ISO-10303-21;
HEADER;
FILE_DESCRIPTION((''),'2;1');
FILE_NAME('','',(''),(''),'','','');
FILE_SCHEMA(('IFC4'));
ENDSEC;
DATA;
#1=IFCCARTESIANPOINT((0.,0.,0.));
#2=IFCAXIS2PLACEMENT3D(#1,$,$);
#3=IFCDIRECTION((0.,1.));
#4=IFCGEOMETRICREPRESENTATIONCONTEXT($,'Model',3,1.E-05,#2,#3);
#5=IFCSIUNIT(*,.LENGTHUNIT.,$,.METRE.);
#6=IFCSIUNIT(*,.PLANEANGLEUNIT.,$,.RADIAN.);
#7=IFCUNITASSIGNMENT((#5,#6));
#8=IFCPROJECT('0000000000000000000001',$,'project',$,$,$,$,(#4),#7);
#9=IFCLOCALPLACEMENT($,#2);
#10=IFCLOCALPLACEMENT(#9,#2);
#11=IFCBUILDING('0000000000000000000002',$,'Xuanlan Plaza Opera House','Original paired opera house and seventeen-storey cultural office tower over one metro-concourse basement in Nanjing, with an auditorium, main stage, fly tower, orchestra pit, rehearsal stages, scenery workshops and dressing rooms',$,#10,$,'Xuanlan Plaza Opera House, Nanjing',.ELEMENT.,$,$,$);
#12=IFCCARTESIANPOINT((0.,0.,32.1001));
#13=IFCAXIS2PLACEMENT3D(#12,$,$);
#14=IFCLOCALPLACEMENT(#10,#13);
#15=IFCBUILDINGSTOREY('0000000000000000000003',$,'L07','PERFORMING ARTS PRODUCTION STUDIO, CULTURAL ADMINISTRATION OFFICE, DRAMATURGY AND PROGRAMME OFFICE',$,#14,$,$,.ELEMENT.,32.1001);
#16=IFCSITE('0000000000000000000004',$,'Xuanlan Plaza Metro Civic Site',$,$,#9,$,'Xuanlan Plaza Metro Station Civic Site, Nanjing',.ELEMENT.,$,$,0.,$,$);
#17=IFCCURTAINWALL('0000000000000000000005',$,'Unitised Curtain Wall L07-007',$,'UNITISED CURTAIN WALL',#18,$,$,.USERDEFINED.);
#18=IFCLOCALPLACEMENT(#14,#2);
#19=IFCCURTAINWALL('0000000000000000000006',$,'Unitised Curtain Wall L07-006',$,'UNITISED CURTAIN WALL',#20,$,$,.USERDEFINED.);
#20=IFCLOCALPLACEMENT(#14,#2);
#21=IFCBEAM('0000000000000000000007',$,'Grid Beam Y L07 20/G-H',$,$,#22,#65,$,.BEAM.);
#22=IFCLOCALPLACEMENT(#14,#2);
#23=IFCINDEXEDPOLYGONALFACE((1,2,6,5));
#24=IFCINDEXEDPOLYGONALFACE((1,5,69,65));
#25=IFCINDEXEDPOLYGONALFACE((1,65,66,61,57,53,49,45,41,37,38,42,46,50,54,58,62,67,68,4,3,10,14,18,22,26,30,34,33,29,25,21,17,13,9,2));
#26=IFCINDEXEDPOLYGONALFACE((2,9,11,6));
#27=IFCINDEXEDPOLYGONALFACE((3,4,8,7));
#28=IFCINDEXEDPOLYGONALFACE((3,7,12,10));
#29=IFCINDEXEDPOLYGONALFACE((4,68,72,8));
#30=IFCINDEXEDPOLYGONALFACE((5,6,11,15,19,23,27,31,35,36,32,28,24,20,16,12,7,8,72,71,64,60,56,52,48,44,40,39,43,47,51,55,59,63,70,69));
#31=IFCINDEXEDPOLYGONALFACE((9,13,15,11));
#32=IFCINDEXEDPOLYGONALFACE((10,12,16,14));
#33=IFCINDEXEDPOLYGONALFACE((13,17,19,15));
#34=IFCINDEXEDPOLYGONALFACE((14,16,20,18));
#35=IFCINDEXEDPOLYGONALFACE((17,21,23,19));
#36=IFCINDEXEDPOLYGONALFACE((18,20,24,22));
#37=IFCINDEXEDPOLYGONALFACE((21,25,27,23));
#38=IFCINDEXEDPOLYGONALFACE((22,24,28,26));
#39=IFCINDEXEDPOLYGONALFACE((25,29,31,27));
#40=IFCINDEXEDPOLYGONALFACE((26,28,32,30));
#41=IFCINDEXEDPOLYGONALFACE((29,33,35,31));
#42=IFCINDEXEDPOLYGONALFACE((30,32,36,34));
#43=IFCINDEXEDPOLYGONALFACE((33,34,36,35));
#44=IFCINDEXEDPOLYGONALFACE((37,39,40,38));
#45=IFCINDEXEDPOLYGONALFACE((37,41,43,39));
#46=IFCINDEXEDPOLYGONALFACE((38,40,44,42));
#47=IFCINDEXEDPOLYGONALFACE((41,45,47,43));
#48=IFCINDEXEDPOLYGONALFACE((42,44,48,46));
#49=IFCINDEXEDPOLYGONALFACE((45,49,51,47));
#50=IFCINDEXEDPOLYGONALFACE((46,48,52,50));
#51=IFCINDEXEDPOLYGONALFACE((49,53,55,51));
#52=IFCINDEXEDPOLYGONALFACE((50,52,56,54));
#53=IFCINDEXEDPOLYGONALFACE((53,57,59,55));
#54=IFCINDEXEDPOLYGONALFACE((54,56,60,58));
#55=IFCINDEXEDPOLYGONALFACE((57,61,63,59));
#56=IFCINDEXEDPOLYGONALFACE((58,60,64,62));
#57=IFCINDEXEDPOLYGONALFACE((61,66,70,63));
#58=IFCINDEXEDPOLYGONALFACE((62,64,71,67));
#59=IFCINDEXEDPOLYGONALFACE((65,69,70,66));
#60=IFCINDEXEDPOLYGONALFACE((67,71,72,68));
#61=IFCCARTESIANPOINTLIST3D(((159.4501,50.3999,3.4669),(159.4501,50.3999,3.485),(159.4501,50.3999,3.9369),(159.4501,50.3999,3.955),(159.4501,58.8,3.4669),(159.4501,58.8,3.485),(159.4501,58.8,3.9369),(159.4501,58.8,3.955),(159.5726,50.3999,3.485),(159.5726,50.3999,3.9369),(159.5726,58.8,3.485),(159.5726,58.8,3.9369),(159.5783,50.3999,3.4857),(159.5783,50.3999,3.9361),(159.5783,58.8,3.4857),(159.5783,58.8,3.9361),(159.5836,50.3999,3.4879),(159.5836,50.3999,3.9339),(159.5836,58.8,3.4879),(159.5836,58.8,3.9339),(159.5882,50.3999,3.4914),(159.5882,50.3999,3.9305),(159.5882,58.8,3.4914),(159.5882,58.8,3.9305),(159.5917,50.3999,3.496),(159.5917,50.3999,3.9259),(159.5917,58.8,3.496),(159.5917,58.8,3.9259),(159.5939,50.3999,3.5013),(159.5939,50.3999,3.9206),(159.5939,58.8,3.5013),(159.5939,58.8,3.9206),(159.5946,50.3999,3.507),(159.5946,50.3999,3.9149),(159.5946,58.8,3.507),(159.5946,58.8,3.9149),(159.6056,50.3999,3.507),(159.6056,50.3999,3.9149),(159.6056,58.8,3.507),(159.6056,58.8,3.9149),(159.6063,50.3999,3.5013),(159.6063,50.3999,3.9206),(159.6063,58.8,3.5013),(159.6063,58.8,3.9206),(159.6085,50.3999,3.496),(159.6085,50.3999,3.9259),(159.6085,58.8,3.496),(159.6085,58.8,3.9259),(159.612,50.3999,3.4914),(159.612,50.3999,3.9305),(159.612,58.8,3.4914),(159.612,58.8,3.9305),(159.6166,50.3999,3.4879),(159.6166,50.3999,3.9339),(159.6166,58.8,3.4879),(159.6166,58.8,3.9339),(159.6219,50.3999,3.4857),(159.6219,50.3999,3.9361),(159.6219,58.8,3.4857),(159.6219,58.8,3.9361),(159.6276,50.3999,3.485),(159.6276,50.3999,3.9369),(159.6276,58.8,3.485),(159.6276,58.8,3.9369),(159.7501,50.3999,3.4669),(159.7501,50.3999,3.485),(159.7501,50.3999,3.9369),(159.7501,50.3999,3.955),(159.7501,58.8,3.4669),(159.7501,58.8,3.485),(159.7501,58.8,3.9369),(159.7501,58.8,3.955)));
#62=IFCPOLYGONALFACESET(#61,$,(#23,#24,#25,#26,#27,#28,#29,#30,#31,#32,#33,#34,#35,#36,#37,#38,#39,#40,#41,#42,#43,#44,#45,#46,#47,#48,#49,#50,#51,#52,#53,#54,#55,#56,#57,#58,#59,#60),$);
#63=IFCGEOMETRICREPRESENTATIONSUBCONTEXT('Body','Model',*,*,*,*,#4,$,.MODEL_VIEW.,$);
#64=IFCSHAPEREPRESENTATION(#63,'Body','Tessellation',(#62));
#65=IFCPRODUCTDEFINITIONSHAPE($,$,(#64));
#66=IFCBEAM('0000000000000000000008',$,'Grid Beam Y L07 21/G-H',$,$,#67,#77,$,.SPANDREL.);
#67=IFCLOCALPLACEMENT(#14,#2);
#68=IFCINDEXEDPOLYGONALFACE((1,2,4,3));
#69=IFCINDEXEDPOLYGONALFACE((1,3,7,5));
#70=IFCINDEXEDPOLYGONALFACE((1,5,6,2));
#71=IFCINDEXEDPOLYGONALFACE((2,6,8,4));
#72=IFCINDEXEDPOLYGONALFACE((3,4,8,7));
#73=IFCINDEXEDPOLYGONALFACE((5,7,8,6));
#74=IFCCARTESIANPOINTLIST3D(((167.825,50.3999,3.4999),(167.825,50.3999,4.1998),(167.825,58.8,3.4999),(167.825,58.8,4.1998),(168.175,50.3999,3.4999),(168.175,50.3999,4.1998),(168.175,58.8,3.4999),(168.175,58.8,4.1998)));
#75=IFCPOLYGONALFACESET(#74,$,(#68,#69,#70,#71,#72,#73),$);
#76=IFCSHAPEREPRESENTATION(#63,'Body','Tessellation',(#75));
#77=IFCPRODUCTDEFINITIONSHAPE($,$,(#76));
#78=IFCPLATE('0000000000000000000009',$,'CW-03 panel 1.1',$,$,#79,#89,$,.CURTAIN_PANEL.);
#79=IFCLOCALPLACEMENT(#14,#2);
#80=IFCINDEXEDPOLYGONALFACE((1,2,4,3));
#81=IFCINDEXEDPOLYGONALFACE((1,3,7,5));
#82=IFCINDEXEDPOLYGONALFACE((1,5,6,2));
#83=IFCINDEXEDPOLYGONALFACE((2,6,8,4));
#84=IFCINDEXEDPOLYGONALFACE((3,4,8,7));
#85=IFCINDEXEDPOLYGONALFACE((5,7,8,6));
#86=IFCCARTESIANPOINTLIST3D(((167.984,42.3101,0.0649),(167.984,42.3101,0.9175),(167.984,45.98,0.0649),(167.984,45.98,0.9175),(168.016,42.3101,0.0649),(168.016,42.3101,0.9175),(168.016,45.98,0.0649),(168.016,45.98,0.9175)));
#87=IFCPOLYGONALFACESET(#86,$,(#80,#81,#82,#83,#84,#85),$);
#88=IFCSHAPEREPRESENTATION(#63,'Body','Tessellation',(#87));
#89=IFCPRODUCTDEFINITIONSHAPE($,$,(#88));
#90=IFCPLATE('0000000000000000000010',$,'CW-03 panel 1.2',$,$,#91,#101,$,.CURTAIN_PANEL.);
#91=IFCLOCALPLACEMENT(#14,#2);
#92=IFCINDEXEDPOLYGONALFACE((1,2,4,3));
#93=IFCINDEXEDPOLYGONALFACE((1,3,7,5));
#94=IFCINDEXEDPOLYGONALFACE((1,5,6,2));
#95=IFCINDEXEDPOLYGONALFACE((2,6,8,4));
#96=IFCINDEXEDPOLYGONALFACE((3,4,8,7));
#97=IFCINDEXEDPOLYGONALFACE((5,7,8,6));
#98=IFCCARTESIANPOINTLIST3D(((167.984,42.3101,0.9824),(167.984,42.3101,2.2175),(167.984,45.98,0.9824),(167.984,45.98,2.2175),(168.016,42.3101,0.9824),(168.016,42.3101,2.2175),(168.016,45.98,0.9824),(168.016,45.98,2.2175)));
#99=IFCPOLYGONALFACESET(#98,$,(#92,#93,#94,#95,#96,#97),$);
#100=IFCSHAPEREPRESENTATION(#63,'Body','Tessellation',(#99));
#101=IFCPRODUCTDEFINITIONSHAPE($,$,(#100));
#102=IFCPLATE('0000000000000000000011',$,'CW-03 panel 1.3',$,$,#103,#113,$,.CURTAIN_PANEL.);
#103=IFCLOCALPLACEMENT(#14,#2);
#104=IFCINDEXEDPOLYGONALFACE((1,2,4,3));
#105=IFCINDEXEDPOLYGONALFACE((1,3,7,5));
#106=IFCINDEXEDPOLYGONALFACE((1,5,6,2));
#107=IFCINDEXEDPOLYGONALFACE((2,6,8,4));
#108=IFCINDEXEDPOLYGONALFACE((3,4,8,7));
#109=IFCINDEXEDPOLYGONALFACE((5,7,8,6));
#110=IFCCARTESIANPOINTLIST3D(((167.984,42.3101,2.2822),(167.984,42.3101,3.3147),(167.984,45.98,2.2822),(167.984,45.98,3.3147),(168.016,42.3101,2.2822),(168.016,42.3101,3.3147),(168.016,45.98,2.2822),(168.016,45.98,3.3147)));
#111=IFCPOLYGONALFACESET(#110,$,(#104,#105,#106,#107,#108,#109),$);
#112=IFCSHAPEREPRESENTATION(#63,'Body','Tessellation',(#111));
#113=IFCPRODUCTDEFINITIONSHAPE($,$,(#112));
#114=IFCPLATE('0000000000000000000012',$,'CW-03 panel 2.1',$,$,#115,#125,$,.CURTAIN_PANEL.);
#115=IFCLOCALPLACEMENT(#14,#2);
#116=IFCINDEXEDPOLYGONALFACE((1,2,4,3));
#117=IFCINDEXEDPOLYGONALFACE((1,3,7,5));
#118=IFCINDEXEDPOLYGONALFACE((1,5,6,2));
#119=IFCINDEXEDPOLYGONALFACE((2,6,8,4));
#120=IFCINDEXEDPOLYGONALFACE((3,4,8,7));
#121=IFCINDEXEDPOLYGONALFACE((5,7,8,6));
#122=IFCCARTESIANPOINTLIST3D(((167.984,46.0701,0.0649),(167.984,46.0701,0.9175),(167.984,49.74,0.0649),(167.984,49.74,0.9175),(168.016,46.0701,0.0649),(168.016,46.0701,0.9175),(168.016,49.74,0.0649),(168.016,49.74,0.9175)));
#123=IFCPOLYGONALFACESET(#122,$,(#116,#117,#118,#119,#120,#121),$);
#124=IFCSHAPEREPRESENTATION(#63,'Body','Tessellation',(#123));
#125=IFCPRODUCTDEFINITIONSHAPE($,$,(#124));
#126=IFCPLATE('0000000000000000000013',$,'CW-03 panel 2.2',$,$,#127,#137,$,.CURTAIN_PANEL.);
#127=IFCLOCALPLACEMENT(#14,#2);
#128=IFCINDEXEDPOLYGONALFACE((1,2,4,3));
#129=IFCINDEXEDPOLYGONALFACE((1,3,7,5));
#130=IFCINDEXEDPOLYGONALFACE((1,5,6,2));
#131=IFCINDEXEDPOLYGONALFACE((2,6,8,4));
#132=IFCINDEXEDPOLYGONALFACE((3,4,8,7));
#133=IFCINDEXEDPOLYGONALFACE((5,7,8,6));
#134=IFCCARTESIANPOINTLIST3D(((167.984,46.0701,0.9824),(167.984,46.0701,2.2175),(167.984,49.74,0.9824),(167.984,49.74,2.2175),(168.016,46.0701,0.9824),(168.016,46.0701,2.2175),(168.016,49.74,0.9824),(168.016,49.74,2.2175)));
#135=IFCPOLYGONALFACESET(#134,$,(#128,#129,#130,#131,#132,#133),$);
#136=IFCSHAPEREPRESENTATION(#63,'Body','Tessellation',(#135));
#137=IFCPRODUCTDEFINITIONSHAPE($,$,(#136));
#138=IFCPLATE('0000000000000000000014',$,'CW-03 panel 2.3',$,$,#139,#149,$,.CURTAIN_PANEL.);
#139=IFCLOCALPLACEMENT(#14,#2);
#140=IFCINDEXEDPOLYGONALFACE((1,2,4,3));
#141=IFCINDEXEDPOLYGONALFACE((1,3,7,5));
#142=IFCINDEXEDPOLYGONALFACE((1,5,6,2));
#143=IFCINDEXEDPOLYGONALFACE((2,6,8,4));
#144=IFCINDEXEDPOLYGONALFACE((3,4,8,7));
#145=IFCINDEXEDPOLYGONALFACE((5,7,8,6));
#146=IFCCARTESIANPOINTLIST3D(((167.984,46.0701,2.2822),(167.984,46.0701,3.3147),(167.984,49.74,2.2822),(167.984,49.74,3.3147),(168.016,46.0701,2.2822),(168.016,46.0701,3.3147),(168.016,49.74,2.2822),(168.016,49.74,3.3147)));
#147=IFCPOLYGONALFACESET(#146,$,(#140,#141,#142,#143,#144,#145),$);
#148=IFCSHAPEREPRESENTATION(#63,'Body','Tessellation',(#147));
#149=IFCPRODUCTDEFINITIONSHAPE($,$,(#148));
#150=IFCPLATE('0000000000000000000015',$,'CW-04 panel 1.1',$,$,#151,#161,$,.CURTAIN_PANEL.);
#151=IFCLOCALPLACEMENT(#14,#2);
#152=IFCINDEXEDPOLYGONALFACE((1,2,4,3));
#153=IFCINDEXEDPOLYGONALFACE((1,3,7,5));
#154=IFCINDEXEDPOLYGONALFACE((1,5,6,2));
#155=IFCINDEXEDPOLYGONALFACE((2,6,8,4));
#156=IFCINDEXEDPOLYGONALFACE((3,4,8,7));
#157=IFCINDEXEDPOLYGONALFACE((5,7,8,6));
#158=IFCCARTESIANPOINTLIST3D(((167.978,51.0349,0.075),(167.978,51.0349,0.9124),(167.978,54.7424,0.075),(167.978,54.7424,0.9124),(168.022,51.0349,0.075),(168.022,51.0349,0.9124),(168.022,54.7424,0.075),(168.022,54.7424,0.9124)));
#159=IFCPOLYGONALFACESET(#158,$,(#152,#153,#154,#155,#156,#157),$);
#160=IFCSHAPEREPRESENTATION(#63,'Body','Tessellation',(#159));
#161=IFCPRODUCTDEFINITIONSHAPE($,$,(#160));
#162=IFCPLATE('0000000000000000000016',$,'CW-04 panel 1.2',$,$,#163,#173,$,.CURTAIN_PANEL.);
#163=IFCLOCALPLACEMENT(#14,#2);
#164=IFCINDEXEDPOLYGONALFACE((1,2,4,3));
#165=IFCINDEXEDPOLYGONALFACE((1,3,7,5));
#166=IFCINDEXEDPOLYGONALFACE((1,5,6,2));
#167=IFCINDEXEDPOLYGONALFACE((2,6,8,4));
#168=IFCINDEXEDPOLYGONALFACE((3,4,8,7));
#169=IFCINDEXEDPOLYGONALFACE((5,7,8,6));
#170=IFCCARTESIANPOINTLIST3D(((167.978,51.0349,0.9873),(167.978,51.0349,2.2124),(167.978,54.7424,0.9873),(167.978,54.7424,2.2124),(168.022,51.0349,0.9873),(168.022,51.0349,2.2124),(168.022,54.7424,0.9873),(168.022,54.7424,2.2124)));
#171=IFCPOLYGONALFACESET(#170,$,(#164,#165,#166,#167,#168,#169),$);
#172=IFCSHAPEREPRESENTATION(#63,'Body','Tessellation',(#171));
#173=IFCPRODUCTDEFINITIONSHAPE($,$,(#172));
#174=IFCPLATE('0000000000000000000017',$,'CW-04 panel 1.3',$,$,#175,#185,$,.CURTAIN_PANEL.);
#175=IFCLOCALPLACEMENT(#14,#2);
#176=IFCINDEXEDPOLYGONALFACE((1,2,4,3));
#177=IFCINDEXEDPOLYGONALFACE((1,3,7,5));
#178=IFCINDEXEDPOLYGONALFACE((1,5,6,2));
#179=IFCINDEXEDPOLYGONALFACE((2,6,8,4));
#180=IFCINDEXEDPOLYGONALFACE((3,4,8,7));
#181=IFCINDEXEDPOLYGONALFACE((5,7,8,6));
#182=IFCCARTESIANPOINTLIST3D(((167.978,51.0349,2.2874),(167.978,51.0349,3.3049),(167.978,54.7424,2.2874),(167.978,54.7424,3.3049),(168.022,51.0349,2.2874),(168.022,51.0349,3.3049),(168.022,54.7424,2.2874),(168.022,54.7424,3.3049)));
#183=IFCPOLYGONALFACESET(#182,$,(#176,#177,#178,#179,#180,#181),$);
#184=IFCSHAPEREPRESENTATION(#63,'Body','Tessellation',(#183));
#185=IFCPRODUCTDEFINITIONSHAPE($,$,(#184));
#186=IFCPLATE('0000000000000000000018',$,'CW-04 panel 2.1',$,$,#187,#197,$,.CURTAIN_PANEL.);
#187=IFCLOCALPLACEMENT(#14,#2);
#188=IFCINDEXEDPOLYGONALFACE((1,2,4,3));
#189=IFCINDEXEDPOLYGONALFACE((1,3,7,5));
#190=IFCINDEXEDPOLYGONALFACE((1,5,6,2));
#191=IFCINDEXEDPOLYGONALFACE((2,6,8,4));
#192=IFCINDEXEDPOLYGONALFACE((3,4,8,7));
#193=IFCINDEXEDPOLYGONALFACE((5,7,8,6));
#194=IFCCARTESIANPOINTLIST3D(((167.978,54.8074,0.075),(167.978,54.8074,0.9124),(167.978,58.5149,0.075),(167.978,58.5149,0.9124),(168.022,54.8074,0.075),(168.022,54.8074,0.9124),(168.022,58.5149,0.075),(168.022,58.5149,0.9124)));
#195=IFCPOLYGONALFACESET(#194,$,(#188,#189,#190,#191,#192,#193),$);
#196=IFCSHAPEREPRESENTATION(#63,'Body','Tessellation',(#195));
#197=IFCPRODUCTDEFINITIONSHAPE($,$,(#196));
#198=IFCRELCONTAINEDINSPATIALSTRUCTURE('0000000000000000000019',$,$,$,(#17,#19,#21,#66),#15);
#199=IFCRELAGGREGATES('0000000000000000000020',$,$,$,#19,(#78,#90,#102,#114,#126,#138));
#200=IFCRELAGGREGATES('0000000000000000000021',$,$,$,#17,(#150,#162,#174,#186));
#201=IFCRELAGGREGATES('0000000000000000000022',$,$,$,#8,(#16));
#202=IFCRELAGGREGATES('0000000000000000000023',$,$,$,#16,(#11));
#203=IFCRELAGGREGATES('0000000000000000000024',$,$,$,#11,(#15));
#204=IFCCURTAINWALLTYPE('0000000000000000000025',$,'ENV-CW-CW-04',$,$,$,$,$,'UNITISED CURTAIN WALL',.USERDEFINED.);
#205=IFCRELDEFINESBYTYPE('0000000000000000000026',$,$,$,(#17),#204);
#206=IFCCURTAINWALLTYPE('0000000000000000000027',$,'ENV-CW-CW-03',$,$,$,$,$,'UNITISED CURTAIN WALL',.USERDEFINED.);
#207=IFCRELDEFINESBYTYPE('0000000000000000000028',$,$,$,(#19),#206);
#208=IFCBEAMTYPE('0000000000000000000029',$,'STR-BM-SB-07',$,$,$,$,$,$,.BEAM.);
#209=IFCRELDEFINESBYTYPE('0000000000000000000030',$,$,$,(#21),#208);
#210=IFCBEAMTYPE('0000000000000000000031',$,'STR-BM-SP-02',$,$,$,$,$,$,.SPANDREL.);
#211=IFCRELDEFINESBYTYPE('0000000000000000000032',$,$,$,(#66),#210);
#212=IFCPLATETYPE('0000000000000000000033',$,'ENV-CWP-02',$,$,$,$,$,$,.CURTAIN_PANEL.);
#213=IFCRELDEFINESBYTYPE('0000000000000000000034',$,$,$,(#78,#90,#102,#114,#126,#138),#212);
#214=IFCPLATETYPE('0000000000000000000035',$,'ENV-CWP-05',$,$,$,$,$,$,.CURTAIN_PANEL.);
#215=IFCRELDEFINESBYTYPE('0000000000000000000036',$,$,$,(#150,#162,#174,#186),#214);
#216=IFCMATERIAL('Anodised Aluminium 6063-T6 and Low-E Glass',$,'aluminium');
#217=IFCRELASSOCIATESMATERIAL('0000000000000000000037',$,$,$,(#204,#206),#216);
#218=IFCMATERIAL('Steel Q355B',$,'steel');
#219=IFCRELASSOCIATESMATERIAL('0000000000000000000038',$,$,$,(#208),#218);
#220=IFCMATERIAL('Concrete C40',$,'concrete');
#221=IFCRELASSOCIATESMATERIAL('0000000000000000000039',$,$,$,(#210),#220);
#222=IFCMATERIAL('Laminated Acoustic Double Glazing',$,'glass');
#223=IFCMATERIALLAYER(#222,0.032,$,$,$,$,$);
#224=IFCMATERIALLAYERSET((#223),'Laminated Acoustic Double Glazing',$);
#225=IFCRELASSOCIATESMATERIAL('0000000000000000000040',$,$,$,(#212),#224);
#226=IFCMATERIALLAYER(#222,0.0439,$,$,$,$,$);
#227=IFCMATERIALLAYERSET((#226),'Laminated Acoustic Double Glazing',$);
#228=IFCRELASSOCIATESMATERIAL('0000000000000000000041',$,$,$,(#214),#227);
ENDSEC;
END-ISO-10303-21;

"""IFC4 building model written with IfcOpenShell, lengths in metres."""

from ifc_helpers import new_model, si_unit, direction, frame, origin, origin_2d, place, context, subcontext, project, spatial, rectangle, i_section, extrude, material, layer, layer_set, material_profile, profile_set, type_object, element, aggregate, save


model = new_model("IFC4")

# Units and contexts
model_context = context("Model", 3, precision=1e-05, world=origin(), true_north=direction((0.0, 1.0)))
body_context = subcontext(model_context, "Body", "Model", "MODEL_VIEW")
ifc_project = project(units=[si_unit("LENGTHUNIT", "METRE"), si_unit("PLANEANGLEUNIT", "RADIAN")], contexts=[model_context])

# Site, building, storey
site_placement = place(None, origin())
site = spatial("IfcSite", under=ifc_project, at=site_placement, Name="Xuanlan Plaza Metro Civic Site", LongName="Xuanlan Plaza Metro Station Civic Site, Nanjing", CompositionType="ELEMENT", RefElevation=0.0)
building_placement = place(site_placement, origin())
building = spatial("IfcBuilding", under=site, at=building_placement, Name="Xuanlan Plaza Opera House", Description="Original paired opera house and seventeen-storey cultural office tower over one metro-concourse basement in Nanjing, with an auditorium, main stage, fly tower, orchestra pit, rehearsal stages, scenery workshops and dressing rooms", LongName="Xuanlan Plaza Opera House, Nanjing", CompositionType="ELEMENT")
storey_placement = place(building_placement, frame((0.0, 0.0, 32.1001)))
storey = spatial("IfcBuildingStorey", under=building, at=storey_placement, Name="L07", Description="PERFORMING ARTS PRODUCTION STUDIO, CULTURAL ADMINISTRATION OFFICE, DRAMATURGY AND PROGRAMME OFFICE", CompositionType="ELEMENT", Elevation=32.1001)

# Shared definitions
ifc_material_1 = material(Name="Steel Q355B", Category="steel")

# Curtain walls
ifc_material_2 = material(Name="Anodised Aluminium 6063-T6 and Low-E Glass", Category="aluminium")
curtain_wall_type_1 = type_object("IfcCurtainWallType", Name="ENV-CW-CW-04", ElementType="UNITISED CURTAIN WALL", PredefinedType="USERDEFINED", material=ifc_material_2)
curtain_wall_1_placement = place(storey_placement, origin())
curtain_wall_1 = element("IfcCurtainWall", 1, at=curtain_wall_1_placement, inside=storey, type_object=curtain_wall_type_1, Name="Unitised Curtain Wall L07-007", ObjectType="UNITISED CURTAIN WALL", PredefinedType="USERDEFINED")
curtain_wall_type_2 = type_object("IfcCurtainWallType", Name="ENV-CW-CW-03", ElementType="UNITISED CURTAIN WALL", PredefinedType="USERDEFINED", material=ifc_material_2)
curtain_wall_2_placement = place(storey_placement, origin())
curtain_wall_2 = element("IfcCurtainWall", 2, at=curtain_wall_2_placement, inside=storey, type_object=curtain_wall_type_2, Name="Unitised Curtain Wall L07-006", ObjectType="UNITISED CURTAIN WALL", PredefinedType="USERDEFINED")

# Beams
ifc_material_3 = material(Name="Concrete C40", Category="concrete")
ifc_material_profile_1 = material_profile(ifc_material_1, i_section(OverallWidth=0.3, OverallDepth=0.488, WebThickness=0.011, FlangeThickness=0.0181, FilletRadius=0.022, at=origin_2d()), Name="HM 488x300x11x18")
ifc_profile_set_1 = profile_set([ifc_material_profile_1], Name="Steel Q355B")
beam_type_1 = type_object("IfcBeamType", Name="STR-BM-SB-07", PredefinedType="BEAM", material=ifc_profile_set_1)
beam_1_placement = place(storey_placement, frame((159.6001, 50.3999, 3.7109), z_axis=(0.0, 1.0, 0.0), x_axis=(-1.0, 0.0, 0.0)))
element("IfcBeam", 3, at=beam_1_placement, inside=storey, type_object=beam_type_1, Name="Grid Beam Y L07 20/G-H", PredefinedType="BEAM", context=body_context, shape_type="SweptSolid", body=[
    extrude(i_section(OverallWidth=0.3, OverallDepth=0.488, WebThickness=0.011, FlangeThickness=0.0181, FilletRadius=0.022, at=origin_2d()), origin(), (0.0, 0.0, 1.0), 8.4001),
])
ifc_material_profile_2 = material_profile(ifc_material_3, rectangle(XDim=0.3501, YDim=0.7, at=origin_2d()), Name="RC-SPD 350x700")
ifc_profile_set_2 = profile_set([ifc_material_profile_2], Name="Concrete C40")
beam_type_2 = type_object("IfcBeamType", Name="STR-BM-SP-02", PredefinedType="SPANDREL", material=ifc_profile_set_2)
beam_2_placement = place(storey_placement, frame((168.0, 50.3999, 3.8499), z_axis=(0.0, 1.0, 0.0), x_axis=(-1.0, 0.0, 0.0)))
element("IfcBeam", 4, at=beam_2_placement, inside=storey, type_object=beam_type_2, Name="Grid Beam Y L07 21/G-H", PredefinedType="SPANDREL", context=body_context, shape_type="SweptSolid", body=[
    extrude(rectangle(XDim=0.3501, YDim=0.7, at=origin_2d()), origin(), (0.0, 0.0, 1.0), 8.4001),
])

# Plates
ifc_material_4 = material(Name="Laminated Acoustic Double Glazing", Category="glass")
ifc_layer_1 = layer(ifc_material_4, 0.032)
ifc_layer_set_1 = layer_set([ifc_layer_1], Name="Laminated Acoustic Double Glazing")
plate_type_1 = type_object("IfcPlateType", Name="ENV-CWP-02", PredefinedType="CURTAIN_PANEL", material=ifc_layer_set_1)
plate_1_placement = place(storey_placement, frame((168.0, 44.145, 0.0649), z_axis=(0.0, 0.0, 1.0), x_axis=(0.0, 1.0, 0.0)))
plate_1 = element("IfcPlate", 5, at=plate_1_placement, type_object=plate_type_1, Name="CW-03 panel 1.1", PredefinedType="CURTAIN_PANEL", context=body_context, shape_type="SweptSolid", body=[
    extrude(rectangle(XDim=3.6699, YDim=0.032, at=origin_2d()), origin(), (0.0, 0.0, 1.0), 0.8525),
])
plate_2_placement = place(storey_placement, frame((168.0, 44.145, 0.9824), z_axis=(0.0, 0.0, 1.0), x_axis=(0.0, 1.0, 0.0)))
plate_2 = element("IfcPlate", 6, at=plate_2_placement, type_object=plate_type_1, Name="CW-03 panel 1.2", PredefinedType="CURTAIN_PANEL", context=body_context, shape_type="SweptSolid", body=[
    extrude(rectangle(XDim=3.6699, YDim=0.032, at=origin_2d()), origin(), (0.0, 0.0, 1.0), 1.2351),
])
plate_3_placement = place(storey_placement, frame((168.0, 44.145, 2.2822), z_axis=(0.0, 0.0, 1.0), x_axis=(0.0, 1.0, 0.0)))
plate_3 = element("IfcPlate", 7, at=plate_3_placement, type_object=plate_type_1, Name="CW-03 panel 1.3", PredefinedType="CURTAIN_PANEL", context=body_context, shape_type="SweptSolid", body=[
    extrude(rectangle(XDim=3.6699, YDim=0.032, at=origin_2d()), origin(), (0.0, 0.0, 1.0), 1.0325),
])
plate_4_placement = place(storey_placement, frame((168.0, 47.905, 0.0649), z_axis=(0.0, 0.0, 1.0), x_axis=(0.0, 1.0, 0.0)))
plate_4 = element("IfcPlate", 8, at=plate_4_placement, type_object=plate_type_1, Name="CW-03 panel 2.1", PredefinedType="CURTAIN_PANEL", context=body_context, shape_type="SweptSolid", body=[
    extrude(rectangle(XDim=3.6699, YDim=0.032, at=origin_2d()), origin(), (0.0, 0.0, 1.0), 0.8525),
])
plate_5_placement = place(storey_placement, frame((168.0, 47.905, 0.9824), z_axis=(0.0, 0.0, 1.0), x_axis=(0.0, 1.0, 0.0)))
plate_5 = element("IfcPlate", 9, at=plate_5_placement, type_object=plate_type_1, Name="CW-03 panel 2.2", PredefinedType="CURTAIN_PANEL", context=body_context, shape_type="SweptSolid", body=[
    extrude(rectangle(XDim=3.6699, YDim=0.032, at=origin_2d()), origin(), (0.0, 0.0, 1.0), 1.2351),
])
plate_6_placement = place(storey_placement, frame((168.0, 47.905, 2.2822), z_axis=(0.0, 0.0, 1.0), x_axis=(0.0, 1.0, 0.0)))
plate_6 = element("IfcPlate", 10, at=plate_6_placement, type_object=plate_type_1, Name="CW-03 panel 2.3", PredefinedType="CURTAIN_PANEL", context=body_context, shape_type="SweptSolid", body=[
    extrude(rectangle(XDim=3.6699, YDim=0.032, at=origin_2d()), origin(), (0.0, 0.0, 1.0), 1.0325),
])
aggregate(curtain_wall_2, [plate_1, plate_2, plate_3, plate_4, plate_5, plate_6])
ifc_layer_2 = layer(ifc_material_4, 0.0439)
ifc_layer_set_2 = layer_set([ifc_layer_2], Name="Laminated Acoustic Double Glazing")
plate_type_2 = type_object("IfcPlateType", Name="ENV-CWP-05", PredefinedType="CURTAIN_PANEL", material=ifc_layer_set_2)
plate_7_placement = place(storey_placement, frame((168.0, 52.8887, 0.075), z_axis=(0.0, 0.0, 1.0), x_axis=(0.0, 1.0, 0.0)))
plate_7 = element("IfcPlate", 11, at=plate_7_placement, type_object=plate_type_2, Name="CW-04 panel 1.1", PredefinedType="CURTAIN_PANEL", context=body_context, shape_type="SweptSolid", body=[
    extrude(rectangle(XDim=3.7075, YDim=0.0439, at=origin_2d()), origin(), (0.0, 0.0, 1.0), 0.8374),
])
plate_8_placement = place(storey_placement, frame((168.0, 52.8887, 0.9873), z_axis=(0.0, 0.0, 1.0), x_axis=(0.0, 1.0, 0.0)))
plate_8 = element("IfcPlate", 12, at=plate_8_placement, type_object=plate_type_2, Name="CW-04 panel 1.2", PredefinedType="CURTAIN_PANEL", context=body_context, shape_type="SweptSolid", body=[
    extrude(rectangle(XDim=3.7075, YDim=0.0439, at=origin_2d()), origin(), (0.0, 0.0, 1.0), 1.2251),
])
plate_9_placement = place(storey_placement, frame((168.0, 52.8887, 2.2874), z_axis=(0.0, 0.0, 1.0), x_axis=(0.0, 1.0, 0.0)))
plate_9 = element("IfcPlate", 13, at=plate_9_placement, type_object=plate_type_2, Name="CW-04 panel 1.3", PredefinedType="CURTAIN_PANEL", context=body_context, shape_type="SweptSolid", body=[
    extrude(rectangle(XDim=3.7075, YDim=0.0439, at=origin_2d()), origin(), (0.0, 0.0, 1.0), 1.0176),
])
plate_10_placement = place(storey_placement, frame((168.0, 56.6611, 0.075), z_axis=(0.0, 0.0, 1.0), x_axis=(0.0, 1.0, 0.0)))
plate_10 = element("IfcPlate", 14, at=plate_10_placement, type_object=plate_type_2, Name="CW-04 panel 2.1", PredefinedType="CURTAIN_PANEL", context=body_context, shape_type="SweptSolid", body=[
    extrude(rectangle(XDim=3.7075, YDim=0.0439, at=origin_2d()), origin(), (0.0, 0.0, 1.0), 0.8374),
])
aggregate(curtain_wall_1, [plate_7, plate_8, plate_9, plate_10])

save(model, "model.ifc")
